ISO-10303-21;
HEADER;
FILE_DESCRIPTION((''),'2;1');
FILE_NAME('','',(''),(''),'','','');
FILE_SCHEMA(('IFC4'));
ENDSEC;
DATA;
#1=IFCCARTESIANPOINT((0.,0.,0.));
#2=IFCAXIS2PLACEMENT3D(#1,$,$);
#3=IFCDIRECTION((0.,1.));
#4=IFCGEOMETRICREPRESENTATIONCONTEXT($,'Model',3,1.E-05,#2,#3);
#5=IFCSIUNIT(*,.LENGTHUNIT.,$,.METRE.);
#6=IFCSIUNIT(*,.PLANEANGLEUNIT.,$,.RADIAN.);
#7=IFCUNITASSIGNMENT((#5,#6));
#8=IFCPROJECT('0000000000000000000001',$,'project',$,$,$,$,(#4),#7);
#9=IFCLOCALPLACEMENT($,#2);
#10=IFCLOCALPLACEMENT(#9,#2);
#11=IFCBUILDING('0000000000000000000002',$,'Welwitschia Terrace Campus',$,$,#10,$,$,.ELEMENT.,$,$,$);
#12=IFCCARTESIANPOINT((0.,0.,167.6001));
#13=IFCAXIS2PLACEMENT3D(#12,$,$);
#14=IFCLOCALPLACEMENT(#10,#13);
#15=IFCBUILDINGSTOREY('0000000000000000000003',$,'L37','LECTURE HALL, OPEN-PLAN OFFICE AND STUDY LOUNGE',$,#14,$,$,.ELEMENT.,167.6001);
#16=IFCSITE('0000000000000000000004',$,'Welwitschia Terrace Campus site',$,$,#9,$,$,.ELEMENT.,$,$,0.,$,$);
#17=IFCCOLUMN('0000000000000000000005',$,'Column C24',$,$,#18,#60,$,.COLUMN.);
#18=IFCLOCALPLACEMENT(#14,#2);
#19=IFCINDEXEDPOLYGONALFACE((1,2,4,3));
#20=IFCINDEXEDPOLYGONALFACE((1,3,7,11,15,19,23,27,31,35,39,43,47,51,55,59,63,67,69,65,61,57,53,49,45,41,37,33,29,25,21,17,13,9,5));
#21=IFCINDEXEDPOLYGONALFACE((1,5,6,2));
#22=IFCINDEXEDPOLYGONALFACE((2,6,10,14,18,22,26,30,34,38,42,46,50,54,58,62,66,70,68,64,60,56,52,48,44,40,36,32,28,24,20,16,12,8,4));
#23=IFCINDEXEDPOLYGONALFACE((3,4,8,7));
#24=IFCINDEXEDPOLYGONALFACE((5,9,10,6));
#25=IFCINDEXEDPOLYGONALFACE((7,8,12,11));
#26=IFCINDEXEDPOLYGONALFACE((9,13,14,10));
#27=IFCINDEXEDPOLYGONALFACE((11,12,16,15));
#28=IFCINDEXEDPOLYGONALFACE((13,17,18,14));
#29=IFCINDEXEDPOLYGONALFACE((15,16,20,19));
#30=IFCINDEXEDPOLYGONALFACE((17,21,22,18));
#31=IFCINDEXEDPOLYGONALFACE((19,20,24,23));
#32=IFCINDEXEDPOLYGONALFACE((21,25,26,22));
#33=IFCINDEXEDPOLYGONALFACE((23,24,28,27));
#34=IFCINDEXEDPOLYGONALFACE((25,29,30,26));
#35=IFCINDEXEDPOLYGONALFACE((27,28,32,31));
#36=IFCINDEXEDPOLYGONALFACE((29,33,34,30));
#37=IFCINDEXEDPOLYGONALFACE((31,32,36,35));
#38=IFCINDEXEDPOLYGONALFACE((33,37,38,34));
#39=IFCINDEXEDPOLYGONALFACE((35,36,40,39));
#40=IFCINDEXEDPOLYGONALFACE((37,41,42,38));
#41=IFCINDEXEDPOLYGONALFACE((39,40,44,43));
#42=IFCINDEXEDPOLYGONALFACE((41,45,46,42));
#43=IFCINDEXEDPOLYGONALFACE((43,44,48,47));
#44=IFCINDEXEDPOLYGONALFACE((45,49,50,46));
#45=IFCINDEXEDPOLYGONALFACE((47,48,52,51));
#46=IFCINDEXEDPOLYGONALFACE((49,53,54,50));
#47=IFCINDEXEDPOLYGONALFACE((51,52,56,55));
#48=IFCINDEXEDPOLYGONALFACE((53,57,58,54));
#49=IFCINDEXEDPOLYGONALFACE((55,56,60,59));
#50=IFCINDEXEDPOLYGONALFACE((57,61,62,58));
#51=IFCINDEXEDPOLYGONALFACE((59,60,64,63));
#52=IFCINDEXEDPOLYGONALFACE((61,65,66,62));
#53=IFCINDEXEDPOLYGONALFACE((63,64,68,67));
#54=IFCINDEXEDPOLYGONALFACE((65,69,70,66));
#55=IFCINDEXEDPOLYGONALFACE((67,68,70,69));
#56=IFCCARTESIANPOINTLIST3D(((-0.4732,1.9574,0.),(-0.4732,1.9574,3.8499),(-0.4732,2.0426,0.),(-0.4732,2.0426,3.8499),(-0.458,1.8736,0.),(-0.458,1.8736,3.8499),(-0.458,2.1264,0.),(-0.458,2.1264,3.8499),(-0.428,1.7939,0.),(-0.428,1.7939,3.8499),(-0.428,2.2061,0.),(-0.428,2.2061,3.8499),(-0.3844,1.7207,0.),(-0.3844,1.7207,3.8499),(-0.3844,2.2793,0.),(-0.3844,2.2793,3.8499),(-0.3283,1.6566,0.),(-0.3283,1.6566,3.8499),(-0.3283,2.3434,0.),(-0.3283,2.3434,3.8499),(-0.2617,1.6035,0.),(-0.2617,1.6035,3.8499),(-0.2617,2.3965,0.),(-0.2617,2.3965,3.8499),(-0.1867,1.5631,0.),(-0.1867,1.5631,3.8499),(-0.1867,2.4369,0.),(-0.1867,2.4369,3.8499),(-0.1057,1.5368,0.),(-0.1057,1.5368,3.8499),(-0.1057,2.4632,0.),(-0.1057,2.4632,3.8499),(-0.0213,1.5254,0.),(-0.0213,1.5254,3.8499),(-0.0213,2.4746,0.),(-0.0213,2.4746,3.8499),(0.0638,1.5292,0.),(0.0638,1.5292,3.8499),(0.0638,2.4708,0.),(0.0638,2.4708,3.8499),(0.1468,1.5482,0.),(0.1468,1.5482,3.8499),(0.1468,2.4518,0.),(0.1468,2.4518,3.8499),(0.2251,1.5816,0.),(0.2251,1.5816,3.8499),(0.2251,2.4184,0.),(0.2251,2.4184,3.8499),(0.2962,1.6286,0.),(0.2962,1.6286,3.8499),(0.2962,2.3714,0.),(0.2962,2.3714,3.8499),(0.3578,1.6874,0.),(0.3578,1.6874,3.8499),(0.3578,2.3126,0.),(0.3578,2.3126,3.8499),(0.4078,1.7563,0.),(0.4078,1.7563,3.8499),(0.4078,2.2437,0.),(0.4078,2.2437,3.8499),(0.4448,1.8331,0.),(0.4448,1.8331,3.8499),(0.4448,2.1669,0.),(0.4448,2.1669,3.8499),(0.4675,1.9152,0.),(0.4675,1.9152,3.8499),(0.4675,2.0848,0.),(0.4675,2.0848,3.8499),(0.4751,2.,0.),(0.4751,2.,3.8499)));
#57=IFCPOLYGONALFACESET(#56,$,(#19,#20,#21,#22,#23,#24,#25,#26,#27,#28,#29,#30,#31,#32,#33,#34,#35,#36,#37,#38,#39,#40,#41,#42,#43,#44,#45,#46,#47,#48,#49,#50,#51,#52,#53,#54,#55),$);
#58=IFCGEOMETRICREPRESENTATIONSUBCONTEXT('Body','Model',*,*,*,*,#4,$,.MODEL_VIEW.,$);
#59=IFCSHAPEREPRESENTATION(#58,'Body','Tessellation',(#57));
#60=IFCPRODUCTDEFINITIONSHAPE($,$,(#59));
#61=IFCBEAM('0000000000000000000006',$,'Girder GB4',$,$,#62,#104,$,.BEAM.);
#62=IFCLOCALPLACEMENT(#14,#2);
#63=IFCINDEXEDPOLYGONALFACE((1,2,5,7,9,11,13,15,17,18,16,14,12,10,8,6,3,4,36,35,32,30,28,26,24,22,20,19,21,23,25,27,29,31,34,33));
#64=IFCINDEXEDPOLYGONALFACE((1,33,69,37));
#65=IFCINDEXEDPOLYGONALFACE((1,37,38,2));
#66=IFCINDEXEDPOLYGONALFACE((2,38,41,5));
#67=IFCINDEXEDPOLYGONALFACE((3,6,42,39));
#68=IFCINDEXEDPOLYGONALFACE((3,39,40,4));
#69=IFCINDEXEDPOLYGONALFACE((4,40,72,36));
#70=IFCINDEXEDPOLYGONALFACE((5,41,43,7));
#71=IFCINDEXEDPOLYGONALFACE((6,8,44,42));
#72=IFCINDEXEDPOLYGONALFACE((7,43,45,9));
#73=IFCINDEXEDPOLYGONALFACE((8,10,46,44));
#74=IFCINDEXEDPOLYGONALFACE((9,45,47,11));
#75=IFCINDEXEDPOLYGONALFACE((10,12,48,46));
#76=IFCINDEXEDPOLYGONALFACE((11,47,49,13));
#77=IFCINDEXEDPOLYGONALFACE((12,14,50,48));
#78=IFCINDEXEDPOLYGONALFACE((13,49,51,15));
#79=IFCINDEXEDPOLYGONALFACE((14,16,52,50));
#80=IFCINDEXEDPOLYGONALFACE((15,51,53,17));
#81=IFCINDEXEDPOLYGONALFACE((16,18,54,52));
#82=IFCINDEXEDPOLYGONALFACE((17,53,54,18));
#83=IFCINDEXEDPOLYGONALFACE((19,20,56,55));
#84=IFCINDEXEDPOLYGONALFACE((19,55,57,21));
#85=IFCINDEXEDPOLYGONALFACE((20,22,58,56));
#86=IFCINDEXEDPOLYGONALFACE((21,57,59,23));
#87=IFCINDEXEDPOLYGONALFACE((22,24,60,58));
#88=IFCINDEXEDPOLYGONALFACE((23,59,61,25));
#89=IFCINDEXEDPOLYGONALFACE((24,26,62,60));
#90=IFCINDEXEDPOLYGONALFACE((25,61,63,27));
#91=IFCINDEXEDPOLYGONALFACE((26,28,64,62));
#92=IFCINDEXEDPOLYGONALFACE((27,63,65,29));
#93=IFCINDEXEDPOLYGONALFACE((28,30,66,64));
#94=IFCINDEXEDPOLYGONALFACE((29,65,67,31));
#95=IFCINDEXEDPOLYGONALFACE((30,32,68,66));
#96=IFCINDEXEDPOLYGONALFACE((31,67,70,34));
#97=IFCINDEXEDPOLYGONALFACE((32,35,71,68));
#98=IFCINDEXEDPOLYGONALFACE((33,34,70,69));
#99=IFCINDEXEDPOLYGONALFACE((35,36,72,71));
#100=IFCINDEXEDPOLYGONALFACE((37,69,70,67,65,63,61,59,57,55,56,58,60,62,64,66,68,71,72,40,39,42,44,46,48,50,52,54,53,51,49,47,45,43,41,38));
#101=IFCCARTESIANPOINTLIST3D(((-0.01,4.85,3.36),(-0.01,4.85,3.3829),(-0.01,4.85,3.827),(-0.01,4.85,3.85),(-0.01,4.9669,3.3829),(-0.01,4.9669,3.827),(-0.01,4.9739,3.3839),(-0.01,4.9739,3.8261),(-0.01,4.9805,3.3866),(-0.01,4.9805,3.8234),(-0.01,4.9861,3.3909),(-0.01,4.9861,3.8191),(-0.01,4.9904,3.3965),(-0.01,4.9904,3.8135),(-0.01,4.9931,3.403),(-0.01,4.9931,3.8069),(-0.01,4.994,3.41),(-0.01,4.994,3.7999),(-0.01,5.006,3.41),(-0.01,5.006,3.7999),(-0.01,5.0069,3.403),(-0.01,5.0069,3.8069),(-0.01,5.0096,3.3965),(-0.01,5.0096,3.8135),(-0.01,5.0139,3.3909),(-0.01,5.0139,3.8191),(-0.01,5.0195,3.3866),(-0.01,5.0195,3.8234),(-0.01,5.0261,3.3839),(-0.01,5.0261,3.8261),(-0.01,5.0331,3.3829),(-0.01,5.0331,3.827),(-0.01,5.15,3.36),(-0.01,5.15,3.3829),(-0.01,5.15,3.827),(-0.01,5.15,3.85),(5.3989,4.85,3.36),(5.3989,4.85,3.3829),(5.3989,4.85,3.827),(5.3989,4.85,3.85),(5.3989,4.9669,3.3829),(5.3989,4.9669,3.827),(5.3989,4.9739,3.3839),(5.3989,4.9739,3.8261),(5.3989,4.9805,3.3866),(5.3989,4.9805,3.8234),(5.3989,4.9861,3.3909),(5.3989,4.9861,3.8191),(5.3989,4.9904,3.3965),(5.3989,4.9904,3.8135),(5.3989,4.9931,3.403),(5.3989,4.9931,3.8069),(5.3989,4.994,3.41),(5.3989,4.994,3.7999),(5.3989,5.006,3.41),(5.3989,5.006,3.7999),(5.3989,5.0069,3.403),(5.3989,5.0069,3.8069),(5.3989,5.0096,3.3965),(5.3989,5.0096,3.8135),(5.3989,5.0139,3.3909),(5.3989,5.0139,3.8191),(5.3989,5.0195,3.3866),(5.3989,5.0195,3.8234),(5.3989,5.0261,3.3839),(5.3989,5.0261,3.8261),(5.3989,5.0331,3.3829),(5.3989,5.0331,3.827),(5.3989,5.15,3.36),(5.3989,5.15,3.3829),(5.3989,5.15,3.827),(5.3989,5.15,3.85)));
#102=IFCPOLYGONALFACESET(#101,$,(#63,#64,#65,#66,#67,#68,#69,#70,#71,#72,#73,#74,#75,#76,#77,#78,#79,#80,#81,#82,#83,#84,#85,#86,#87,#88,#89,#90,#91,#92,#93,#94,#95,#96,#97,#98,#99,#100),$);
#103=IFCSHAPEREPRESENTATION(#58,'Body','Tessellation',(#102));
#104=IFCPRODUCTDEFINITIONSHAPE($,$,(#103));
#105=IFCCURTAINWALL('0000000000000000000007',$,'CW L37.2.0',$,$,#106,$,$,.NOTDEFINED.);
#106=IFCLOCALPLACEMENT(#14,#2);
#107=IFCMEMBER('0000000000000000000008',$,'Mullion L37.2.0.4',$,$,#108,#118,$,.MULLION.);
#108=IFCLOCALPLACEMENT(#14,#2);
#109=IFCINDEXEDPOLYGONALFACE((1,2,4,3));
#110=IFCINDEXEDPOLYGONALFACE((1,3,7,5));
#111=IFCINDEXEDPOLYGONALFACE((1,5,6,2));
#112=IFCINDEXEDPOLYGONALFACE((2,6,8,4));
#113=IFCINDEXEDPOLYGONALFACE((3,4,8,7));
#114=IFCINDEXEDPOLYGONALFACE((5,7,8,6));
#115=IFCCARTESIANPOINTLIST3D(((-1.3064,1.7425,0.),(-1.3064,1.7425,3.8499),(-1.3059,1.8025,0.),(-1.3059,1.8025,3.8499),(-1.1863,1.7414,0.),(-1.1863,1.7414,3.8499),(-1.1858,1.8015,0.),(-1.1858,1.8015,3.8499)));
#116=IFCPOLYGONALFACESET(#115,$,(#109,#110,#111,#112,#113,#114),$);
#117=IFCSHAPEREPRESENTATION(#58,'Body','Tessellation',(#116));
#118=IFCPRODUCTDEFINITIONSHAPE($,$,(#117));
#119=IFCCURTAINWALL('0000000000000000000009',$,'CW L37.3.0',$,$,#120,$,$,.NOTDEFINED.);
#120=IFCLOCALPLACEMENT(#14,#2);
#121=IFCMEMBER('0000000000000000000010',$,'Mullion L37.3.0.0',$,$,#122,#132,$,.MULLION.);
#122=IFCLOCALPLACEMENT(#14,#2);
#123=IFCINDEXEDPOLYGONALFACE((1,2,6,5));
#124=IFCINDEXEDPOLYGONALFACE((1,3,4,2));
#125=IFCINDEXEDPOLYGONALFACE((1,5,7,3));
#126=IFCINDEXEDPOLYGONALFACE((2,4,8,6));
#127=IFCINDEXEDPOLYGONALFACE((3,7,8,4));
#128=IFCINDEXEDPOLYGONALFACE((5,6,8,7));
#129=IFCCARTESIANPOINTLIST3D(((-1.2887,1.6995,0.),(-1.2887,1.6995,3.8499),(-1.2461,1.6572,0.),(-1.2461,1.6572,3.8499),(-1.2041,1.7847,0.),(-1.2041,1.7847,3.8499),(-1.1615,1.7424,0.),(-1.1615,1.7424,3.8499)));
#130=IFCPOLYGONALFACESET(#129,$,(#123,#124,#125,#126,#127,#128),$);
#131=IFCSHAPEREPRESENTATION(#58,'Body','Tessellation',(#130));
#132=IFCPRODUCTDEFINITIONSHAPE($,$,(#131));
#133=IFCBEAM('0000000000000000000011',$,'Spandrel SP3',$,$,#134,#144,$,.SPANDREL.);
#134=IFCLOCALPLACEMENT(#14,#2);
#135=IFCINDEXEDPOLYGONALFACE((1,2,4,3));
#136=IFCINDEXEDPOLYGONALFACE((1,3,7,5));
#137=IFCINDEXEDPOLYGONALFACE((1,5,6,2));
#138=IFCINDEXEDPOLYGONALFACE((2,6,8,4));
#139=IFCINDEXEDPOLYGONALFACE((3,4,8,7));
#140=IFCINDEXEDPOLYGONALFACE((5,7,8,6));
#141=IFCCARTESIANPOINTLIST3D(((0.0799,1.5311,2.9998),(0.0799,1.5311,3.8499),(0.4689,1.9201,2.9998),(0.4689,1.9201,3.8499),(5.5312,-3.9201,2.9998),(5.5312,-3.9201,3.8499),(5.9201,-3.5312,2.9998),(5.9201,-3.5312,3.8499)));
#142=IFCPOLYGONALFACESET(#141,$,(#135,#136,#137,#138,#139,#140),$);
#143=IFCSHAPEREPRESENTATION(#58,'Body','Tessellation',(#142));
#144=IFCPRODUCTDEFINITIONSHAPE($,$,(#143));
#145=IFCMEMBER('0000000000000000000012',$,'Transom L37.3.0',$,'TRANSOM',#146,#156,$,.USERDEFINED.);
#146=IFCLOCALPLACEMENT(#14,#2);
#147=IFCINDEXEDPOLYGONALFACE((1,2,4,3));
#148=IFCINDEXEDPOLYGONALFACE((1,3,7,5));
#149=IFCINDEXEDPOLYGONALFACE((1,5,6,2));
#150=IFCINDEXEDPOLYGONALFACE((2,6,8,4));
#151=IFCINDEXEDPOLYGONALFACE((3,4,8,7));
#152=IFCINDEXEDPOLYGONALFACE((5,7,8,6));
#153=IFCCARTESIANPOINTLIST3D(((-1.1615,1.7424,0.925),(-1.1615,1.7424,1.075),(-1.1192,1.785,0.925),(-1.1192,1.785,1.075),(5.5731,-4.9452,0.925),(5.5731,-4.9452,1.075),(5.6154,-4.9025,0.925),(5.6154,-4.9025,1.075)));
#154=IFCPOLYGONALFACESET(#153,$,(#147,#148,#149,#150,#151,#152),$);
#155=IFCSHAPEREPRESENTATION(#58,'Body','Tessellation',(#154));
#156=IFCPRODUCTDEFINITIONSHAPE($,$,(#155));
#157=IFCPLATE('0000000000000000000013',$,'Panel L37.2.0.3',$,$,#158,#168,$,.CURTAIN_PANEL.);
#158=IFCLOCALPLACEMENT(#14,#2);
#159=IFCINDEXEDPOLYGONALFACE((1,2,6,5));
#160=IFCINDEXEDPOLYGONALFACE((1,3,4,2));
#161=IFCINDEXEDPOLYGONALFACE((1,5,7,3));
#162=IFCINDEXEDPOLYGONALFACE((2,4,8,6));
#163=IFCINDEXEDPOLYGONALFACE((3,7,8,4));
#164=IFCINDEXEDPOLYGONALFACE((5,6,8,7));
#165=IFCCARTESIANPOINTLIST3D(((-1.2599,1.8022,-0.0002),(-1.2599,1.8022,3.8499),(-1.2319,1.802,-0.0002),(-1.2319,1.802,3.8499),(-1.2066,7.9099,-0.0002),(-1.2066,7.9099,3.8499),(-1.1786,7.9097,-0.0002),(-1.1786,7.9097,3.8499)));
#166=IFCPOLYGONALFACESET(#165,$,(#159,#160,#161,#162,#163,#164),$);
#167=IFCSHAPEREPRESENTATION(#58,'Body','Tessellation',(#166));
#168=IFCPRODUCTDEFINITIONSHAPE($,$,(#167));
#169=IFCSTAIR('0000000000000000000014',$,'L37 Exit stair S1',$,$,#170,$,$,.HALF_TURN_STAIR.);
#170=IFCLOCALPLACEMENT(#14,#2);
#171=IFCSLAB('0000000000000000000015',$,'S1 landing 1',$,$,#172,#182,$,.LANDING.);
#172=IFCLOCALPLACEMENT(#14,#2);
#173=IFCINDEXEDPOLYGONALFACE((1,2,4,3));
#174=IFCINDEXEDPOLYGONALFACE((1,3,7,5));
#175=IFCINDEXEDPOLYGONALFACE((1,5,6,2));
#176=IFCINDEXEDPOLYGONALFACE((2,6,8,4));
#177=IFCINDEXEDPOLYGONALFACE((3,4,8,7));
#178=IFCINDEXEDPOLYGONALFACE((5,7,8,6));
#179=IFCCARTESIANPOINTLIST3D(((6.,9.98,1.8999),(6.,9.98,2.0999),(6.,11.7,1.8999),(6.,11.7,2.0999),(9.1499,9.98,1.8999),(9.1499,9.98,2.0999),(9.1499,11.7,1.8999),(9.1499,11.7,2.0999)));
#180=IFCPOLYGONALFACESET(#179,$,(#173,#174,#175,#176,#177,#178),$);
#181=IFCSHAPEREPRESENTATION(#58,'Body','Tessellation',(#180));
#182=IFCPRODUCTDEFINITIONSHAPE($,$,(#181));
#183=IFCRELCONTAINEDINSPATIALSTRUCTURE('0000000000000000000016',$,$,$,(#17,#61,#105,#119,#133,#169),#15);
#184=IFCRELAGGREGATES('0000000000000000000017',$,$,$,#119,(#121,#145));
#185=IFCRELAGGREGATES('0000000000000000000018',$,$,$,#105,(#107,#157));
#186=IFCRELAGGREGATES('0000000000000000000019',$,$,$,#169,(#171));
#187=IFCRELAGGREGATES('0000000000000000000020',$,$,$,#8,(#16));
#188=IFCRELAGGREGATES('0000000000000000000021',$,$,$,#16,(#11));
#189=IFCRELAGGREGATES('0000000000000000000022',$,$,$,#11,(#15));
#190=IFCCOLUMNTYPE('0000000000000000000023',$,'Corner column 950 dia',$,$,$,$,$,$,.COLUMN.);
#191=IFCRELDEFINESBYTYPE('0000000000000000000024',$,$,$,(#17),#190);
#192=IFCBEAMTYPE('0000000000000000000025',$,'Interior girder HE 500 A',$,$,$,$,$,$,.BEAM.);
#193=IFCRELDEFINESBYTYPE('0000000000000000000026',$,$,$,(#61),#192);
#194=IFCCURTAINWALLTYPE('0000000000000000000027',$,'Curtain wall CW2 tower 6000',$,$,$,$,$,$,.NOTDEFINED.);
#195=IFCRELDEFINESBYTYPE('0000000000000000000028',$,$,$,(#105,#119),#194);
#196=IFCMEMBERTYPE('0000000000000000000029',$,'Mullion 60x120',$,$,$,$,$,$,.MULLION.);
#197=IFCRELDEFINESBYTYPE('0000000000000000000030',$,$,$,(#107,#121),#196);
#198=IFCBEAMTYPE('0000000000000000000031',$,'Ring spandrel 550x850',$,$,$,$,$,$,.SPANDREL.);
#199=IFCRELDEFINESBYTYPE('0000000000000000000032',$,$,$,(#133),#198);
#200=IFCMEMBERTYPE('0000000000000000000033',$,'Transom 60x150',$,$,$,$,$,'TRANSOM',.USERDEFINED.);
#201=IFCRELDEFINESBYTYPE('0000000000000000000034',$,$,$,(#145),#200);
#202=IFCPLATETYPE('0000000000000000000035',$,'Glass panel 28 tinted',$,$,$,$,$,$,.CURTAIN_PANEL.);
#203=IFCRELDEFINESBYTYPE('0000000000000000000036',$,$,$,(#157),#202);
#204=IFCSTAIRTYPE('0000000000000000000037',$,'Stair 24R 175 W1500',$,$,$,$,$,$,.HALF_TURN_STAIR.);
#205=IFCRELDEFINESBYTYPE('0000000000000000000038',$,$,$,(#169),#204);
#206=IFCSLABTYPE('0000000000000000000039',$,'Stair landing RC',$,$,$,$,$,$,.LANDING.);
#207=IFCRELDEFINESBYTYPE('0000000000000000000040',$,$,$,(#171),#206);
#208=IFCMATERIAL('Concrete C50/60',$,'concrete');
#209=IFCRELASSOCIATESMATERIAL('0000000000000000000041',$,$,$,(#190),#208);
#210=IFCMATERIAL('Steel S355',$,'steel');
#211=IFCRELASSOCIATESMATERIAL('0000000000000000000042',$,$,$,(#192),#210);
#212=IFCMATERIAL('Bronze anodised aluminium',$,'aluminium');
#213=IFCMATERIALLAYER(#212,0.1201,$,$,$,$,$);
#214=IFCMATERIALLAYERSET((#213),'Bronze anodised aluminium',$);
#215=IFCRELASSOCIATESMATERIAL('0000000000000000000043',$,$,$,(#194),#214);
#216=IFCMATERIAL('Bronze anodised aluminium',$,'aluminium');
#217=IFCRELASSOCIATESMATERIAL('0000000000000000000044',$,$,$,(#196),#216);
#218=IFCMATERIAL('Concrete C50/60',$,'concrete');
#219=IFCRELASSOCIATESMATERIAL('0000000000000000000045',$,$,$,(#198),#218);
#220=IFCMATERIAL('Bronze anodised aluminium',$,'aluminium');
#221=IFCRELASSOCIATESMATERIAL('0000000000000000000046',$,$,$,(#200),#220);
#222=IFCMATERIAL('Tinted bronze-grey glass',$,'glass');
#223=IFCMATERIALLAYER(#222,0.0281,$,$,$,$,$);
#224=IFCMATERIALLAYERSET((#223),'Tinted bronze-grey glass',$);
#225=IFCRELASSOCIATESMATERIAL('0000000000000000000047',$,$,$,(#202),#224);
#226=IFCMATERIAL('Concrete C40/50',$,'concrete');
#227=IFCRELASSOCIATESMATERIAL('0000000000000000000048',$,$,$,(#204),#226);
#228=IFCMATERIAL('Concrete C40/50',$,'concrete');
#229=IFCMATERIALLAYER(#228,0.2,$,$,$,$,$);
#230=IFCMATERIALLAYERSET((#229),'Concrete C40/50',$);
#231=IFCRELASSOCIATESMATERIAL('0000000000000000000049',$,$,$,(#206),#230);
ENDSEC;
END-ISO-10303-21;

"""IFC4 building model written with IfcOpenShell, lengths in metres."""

from ifc_helpers import new_model, si_unit, direction, frame, origin, origin_2d, place, context, subcontext, project, spatial, polyline, rectangle, circle, i_section, outline, extrude, material, layer, layer_set, material_profile, profile_set, type_object, element, aggregate, save


model = new_model("IFC4")

# Units and contexts
model_context = context("Model", 3, precision=1e-05, world=origin(), true_north=direction((0.0, 1.0)))
body_context = subcontext(model_context, "Body", "Model", "MODEL_VIEW")
ifc_project = project(units=[si_unit("LENGTHUNIT", "METRE"), si_unit("PLANEANGLEUNIT", "RADIAN")], contexts=[model_context])

# Site, building, storey
site_placement = place(None, origin())
site = spatial("IfcSite", under=ifc_project, at=site_placement, Name="Welwitschia Terrace Campus site", CompositionType="ELEMENT", RefElevation=0.0)
building_placement = place(site_placement, origin())
building = spatial("IfcBuilding", under=site, at=building_placement, Name="Welwitschia Terrace Campus", CompositionType="ELEMENT")
storey_placement = place(building_placement, frame((0.0, 0.0, 167.6001)))
storey = spatial("IfcBuildingStorey", under=building, at=storey_placement, Name="L37", Description="LECTURE HALL, OPEN-PLAN OFFICE AND STUDY LOUNGE", CompositionType="ELEMENT", Elevation=167.6001)

# Column
ifc_material_1 = material(Name="Concrete C50/60", Category="concrete")
ifc_material_profile_1 = material_profile(ifc_material_1, circle(Radius=0.4751, at=origin_2d()))
ifc_profile_set_1 = profile_set([ifc_material_profile_1], Name="Concrete C50/60")
column_type = type_object("IfcColumnType", Name="Corner column 950 dia", PredefinedType="COLUMN", material=ifc_profile_set_1)
column_placement = place(storey_placement, frame((0.0, 2.0, 0.0), z_axis=(0.0, 0.0, 1.0), x_axis=(1.0, 0.0, 0.0)))
element("IfcColumn", 1, at=column_placement, inside=storey, type_object=column_type, Name="Column C24", PredefinedType="COLUMN", context=body_context, shape_type="SweptSolid", body=[
    extrude(circle(Radius=0.4751, at=origin_2d()), origin(), (0.0, 0.0, 1.0), 3.8499),
])

# Beam
ifc_material_2 = material(Name="Steel S355", Category="steel")
ifc_material_profile_2 = material_profile(ifc_material_2, i_section(OverallWidth=0.3, OverallDepth=0.49, WebThickness=0.012, FlangeThickness=0.0229, FilletRadius=0.0271, at=origin_2d()))
ifc_profile_set_2 = profile_set([ifc_material_profile_2], Name="Steel S355")
beam_type_1 = type_object("IfcBeamType", Name="Interior girder HE 500 A", PredefinedType="BEAM", material=ifc_profile_set_2)
beam_1_placement = place(storey_placement, frame((-0.01, 5.0, 3.605), z_axis=(1.0, 0.0, 0.0), x_axis=(0.0, 1.0, 0.0)))
element("IfcBeam", 2, at=beam_1_placement, inside=storey, type_object=beam_type_1, Name="Girder GB4", PredefinedType="BEAM", context=body_context, shape_type="SweptSolid", body=[
    extrude(i_section(OverallWidth=0.3, OverallDepth=0.49, WebThickness=0.012, FlangeThickness=0.0229, FilletRadius=0.0271, at=origin_2d()), origin(), (0.0, 0.0, 1.0), 5.4089),
])

# Curtain walls, members
ifc_material_3 = material(Name="Bronze anodised aluminium", Category="aluminium")
ifc_layer_1 = layer(ifc_material_3, 0.1201)
ifc_layer_set_1 = layer_set([ifc_layer_1], Name="Bronze anodised aluminium")
curtain_wall_type = type_object("IfcCurtainWallType", Name="Curtain wall CW2 tower 6000", PredefinedType="NOTDEFINED", material=ifc_layer_set_1)
curtain_wall_1_placement = place(storey_placement, origin())
curtain_wall_1 = element("IfcCurtainWall", 3, at=curtain_wall_1_placement, inside=storey, type_object=curtain_wall_type, Name="CW L37.2.0", PredefinedType="NOTDEFINED")
ifc_material_4 = material(Name="Bronze anodised aluminium", Category="aluminium")
ifc_material_profile_3 = material_profile(ifc_material_4, rectangle(XDim=0.1201, YDim=0.0601, at=origin_2d()))
ifc_profile_set_3 = profile_set([ifc_material_profile_3], Name="Bronze anodised aluminium")
member_type_1 = type_object("IfcMemberType", Name="Mullion 60x120", PredefinedType="MULLION", material=ifc_profile_set_3)
member_1_placement = place(storey_placement, frame((-1.2461, 1.772, 0.0), z_axis=(0.0, 0.0, 1.0), x_axis=(0.999962, -0.008727, 0.0)))
member_1 = element("IfcMember", 4, at=member_1_placement, type_object=member_type_1, Name="Mullion L37.2.0.4", PredefinedType="MULLION", context=body_context, shape_type="SweptSolid", body=[
    extrude(rectangle(XDim=0.1201, YDim=0.0601, at=origin_2d()), origin(), (0.0, 0.0, 1.0), 3.8499),
])
curtain_wall_2_placement = place(storey_placement, origin())
curtain_wall_2 = element("IfcCurtainWall", 5, at=curtain_wall_2_placement, inside=storey, type_object=curtain_wall_type, Name="CW L37.3.0", PredefinedType="NOTDEFINED")
member_2_placement = place(storey_placement, frame((-1.2251, 1.7209, 0.0), z_axis=(0.0, 0.0, 1.0), x_axis=(0.704619, 0.709586, 0.0)))
member_2 = element("IfcMember", 6, at=member_2_placement, type_object=member_type_1, Name="Mullion L37.3.0.0", PredefinedType="MULLION", context=body_context, shape_type="SweptSolid", body=[
    extrude(rectangle(XDim=0.1201, YDim=0.0601, at=origin_2d()), origin(), (0.0, 0.0, 1.0), 3.8499),
])

# Beam
ifc_material_5 = material(Name="Concrete C50/60", Category="concrete")
ifc_material_profile_4 = material_profile(ifc_material_5, rectangle(XDim=0.55, YDim=0.8501, at=origin_2d()))
ifc_profile_set_4 = profile_set([ifc_material_profile_4], Name="Concrete C50/60")
beam_type_2 = type_object("IfcBeamType", Name="Ring spandrel 550x850", PredefinedType="SPANDREL", material=ifc_profile_set_4)
beam_2_placement = place(storey_placement, frame((0.2744, 1.7256, 3.4248), z_axis=(0.707107, -0.707107, 0.0), x_axis=(0.707107, 0.707107, 0.0)))
element("IfcBeam", 7, at=beam_2_placement, inside=storey, type_object=beam_type_2, Name="Spandrel SP3", PredefinedType="SPANDREL", context=body_context, shape_type="SweptSolid", body=[
    extrude(rectangle(XDim=0.55, YDim=0.8501, at=origin_2d()), origin(), (0.0, 0.0, 1.0), 7.7092),
])

# Member
ifc_material_6 = material(Name="Bronze anodised aluminium", Category="aluminium")
ifc_material_profile_5 = material_profile(ifc_material_6, rectangle(XDim=0.0601, YDim=0.1499, at=origin_2d()))
ifc_profile_set_5 = profile_set([ifc_material_profile_5], Name="Bronze anodised aluminium")
member_type_2 = type_object("IfcMemberType", Name="Transom 60x150", ElementType="TRANSOM", PredefinedType="USERDEFINED", material=ifc_profile_set_5)
member_3_placement = place(storey_placement, frame((-1.1404, 1.7637, 1.0), z_axis=(0.709585, -0.70462, 0.0), x_axis=(0.70462, 0.709585, 0.0)))
member_3 = element("IfcMember", 8, at=member_3_placement, type_object=member_type_2, Name="Transom L37.3.0", ObjectType="TRANSOM", PredefinedType="USERDEFINED", context=body_context, shape_type="SweptSolid", body=[
    extrude(rectangle(XDim=0.0601, YDim=0.1499, at=origin_2d()), origin(), (0.0, 0.0, 1.0), 9.491),
])
aggregate(curtain_wall_2, [member_2, member_3])

# Plate
ifc_material_7 = material(Name="Tinted bronze-grey glass", Category="glass")
ifc_layer_2 = layer(ifc_material_7, 0.0281)
ifc_layer_set_2 = layer_set([ifc_layer_2], Name="Tinted bronze-grey glass")
plate_type = type_object("IfcPlateType", Name="Glass panel 28 tinted", PredefinedType="CURTAIN_PANEL", material=ifc_layer_set_2)
plate_placement = place(storey_placement, frame((-1.2192, 4.856, -0.0002), z_axis=(0.0, 0.0, 1.0), x_axis=(-0.008727, -0.999962, 0.0)))
plate = element("IfcPlate", 9, at=plate_placement, type_object=plate_type, Name="Panel L37.2.0.3", PredefinedType="CURTAIN_PANEL", context=body_context, shape_type="SweptSolid", body=[
    extrude(rectangle(XDim=6.1079, YDim=0.0281, at=origin_2d()), origin(), (0.0, 0.0, 1.0), 3.8501),
])
aggregate(curtain_wall_1, [member_1, plate])

# Stair, slab
ifc_material_8 = material(Name="Concrete C40/50", Category="concrete")
stair_type = type_object("IfcStairType", Name="Stair 24R 175 W1500", PredefinedType="HALF_TURN_STAIR", material=ifc_material_8)
stair_1_placement = place(storey_placement, origin())
stair_1 = element("IfcStair", 10, at=stair_1_placement, inside=storey, type_object=stair_type, Name="L37 Exit stair S1", PredefinedType="HALF_TURN_STAIR")
ifc_material_9 = material(Name="Concrete C40/50", Category="concrete")
ifc_layer_3 = layer(ifc_material_9, 0.2)
ifc_layer_set_3 = layer_set([ifc_layer_3], Name="Concrete C40/50")
slab_type_1 = type_object("IfcSlabType", Name="Stair landing RC", PredefinedType="LANDING", material=ifc_layer_set_3)
slab_1_placement = place(storey_placement, frame((0.0, 0.0, 1.8999)))
slab_1 = element("IfcSlab", 11, at=slab_1_placement, type_object=slab_type_1, Name="S1 landing 1", PredefinedType="LANDING", context=body_context, shape_type="SweptSolid", body=[
    extrude(outline(polyline([(9.1499, 9.98), (9.1499, 11.7), (6.0, 11.7), (6.0, 9.98), (9.1499, 9.98)])), origin(), (0.0, 0.0, 1.0), 0.2),
])
aggregate(stair_1, [slab_1])

save(model, "model.ifc")
